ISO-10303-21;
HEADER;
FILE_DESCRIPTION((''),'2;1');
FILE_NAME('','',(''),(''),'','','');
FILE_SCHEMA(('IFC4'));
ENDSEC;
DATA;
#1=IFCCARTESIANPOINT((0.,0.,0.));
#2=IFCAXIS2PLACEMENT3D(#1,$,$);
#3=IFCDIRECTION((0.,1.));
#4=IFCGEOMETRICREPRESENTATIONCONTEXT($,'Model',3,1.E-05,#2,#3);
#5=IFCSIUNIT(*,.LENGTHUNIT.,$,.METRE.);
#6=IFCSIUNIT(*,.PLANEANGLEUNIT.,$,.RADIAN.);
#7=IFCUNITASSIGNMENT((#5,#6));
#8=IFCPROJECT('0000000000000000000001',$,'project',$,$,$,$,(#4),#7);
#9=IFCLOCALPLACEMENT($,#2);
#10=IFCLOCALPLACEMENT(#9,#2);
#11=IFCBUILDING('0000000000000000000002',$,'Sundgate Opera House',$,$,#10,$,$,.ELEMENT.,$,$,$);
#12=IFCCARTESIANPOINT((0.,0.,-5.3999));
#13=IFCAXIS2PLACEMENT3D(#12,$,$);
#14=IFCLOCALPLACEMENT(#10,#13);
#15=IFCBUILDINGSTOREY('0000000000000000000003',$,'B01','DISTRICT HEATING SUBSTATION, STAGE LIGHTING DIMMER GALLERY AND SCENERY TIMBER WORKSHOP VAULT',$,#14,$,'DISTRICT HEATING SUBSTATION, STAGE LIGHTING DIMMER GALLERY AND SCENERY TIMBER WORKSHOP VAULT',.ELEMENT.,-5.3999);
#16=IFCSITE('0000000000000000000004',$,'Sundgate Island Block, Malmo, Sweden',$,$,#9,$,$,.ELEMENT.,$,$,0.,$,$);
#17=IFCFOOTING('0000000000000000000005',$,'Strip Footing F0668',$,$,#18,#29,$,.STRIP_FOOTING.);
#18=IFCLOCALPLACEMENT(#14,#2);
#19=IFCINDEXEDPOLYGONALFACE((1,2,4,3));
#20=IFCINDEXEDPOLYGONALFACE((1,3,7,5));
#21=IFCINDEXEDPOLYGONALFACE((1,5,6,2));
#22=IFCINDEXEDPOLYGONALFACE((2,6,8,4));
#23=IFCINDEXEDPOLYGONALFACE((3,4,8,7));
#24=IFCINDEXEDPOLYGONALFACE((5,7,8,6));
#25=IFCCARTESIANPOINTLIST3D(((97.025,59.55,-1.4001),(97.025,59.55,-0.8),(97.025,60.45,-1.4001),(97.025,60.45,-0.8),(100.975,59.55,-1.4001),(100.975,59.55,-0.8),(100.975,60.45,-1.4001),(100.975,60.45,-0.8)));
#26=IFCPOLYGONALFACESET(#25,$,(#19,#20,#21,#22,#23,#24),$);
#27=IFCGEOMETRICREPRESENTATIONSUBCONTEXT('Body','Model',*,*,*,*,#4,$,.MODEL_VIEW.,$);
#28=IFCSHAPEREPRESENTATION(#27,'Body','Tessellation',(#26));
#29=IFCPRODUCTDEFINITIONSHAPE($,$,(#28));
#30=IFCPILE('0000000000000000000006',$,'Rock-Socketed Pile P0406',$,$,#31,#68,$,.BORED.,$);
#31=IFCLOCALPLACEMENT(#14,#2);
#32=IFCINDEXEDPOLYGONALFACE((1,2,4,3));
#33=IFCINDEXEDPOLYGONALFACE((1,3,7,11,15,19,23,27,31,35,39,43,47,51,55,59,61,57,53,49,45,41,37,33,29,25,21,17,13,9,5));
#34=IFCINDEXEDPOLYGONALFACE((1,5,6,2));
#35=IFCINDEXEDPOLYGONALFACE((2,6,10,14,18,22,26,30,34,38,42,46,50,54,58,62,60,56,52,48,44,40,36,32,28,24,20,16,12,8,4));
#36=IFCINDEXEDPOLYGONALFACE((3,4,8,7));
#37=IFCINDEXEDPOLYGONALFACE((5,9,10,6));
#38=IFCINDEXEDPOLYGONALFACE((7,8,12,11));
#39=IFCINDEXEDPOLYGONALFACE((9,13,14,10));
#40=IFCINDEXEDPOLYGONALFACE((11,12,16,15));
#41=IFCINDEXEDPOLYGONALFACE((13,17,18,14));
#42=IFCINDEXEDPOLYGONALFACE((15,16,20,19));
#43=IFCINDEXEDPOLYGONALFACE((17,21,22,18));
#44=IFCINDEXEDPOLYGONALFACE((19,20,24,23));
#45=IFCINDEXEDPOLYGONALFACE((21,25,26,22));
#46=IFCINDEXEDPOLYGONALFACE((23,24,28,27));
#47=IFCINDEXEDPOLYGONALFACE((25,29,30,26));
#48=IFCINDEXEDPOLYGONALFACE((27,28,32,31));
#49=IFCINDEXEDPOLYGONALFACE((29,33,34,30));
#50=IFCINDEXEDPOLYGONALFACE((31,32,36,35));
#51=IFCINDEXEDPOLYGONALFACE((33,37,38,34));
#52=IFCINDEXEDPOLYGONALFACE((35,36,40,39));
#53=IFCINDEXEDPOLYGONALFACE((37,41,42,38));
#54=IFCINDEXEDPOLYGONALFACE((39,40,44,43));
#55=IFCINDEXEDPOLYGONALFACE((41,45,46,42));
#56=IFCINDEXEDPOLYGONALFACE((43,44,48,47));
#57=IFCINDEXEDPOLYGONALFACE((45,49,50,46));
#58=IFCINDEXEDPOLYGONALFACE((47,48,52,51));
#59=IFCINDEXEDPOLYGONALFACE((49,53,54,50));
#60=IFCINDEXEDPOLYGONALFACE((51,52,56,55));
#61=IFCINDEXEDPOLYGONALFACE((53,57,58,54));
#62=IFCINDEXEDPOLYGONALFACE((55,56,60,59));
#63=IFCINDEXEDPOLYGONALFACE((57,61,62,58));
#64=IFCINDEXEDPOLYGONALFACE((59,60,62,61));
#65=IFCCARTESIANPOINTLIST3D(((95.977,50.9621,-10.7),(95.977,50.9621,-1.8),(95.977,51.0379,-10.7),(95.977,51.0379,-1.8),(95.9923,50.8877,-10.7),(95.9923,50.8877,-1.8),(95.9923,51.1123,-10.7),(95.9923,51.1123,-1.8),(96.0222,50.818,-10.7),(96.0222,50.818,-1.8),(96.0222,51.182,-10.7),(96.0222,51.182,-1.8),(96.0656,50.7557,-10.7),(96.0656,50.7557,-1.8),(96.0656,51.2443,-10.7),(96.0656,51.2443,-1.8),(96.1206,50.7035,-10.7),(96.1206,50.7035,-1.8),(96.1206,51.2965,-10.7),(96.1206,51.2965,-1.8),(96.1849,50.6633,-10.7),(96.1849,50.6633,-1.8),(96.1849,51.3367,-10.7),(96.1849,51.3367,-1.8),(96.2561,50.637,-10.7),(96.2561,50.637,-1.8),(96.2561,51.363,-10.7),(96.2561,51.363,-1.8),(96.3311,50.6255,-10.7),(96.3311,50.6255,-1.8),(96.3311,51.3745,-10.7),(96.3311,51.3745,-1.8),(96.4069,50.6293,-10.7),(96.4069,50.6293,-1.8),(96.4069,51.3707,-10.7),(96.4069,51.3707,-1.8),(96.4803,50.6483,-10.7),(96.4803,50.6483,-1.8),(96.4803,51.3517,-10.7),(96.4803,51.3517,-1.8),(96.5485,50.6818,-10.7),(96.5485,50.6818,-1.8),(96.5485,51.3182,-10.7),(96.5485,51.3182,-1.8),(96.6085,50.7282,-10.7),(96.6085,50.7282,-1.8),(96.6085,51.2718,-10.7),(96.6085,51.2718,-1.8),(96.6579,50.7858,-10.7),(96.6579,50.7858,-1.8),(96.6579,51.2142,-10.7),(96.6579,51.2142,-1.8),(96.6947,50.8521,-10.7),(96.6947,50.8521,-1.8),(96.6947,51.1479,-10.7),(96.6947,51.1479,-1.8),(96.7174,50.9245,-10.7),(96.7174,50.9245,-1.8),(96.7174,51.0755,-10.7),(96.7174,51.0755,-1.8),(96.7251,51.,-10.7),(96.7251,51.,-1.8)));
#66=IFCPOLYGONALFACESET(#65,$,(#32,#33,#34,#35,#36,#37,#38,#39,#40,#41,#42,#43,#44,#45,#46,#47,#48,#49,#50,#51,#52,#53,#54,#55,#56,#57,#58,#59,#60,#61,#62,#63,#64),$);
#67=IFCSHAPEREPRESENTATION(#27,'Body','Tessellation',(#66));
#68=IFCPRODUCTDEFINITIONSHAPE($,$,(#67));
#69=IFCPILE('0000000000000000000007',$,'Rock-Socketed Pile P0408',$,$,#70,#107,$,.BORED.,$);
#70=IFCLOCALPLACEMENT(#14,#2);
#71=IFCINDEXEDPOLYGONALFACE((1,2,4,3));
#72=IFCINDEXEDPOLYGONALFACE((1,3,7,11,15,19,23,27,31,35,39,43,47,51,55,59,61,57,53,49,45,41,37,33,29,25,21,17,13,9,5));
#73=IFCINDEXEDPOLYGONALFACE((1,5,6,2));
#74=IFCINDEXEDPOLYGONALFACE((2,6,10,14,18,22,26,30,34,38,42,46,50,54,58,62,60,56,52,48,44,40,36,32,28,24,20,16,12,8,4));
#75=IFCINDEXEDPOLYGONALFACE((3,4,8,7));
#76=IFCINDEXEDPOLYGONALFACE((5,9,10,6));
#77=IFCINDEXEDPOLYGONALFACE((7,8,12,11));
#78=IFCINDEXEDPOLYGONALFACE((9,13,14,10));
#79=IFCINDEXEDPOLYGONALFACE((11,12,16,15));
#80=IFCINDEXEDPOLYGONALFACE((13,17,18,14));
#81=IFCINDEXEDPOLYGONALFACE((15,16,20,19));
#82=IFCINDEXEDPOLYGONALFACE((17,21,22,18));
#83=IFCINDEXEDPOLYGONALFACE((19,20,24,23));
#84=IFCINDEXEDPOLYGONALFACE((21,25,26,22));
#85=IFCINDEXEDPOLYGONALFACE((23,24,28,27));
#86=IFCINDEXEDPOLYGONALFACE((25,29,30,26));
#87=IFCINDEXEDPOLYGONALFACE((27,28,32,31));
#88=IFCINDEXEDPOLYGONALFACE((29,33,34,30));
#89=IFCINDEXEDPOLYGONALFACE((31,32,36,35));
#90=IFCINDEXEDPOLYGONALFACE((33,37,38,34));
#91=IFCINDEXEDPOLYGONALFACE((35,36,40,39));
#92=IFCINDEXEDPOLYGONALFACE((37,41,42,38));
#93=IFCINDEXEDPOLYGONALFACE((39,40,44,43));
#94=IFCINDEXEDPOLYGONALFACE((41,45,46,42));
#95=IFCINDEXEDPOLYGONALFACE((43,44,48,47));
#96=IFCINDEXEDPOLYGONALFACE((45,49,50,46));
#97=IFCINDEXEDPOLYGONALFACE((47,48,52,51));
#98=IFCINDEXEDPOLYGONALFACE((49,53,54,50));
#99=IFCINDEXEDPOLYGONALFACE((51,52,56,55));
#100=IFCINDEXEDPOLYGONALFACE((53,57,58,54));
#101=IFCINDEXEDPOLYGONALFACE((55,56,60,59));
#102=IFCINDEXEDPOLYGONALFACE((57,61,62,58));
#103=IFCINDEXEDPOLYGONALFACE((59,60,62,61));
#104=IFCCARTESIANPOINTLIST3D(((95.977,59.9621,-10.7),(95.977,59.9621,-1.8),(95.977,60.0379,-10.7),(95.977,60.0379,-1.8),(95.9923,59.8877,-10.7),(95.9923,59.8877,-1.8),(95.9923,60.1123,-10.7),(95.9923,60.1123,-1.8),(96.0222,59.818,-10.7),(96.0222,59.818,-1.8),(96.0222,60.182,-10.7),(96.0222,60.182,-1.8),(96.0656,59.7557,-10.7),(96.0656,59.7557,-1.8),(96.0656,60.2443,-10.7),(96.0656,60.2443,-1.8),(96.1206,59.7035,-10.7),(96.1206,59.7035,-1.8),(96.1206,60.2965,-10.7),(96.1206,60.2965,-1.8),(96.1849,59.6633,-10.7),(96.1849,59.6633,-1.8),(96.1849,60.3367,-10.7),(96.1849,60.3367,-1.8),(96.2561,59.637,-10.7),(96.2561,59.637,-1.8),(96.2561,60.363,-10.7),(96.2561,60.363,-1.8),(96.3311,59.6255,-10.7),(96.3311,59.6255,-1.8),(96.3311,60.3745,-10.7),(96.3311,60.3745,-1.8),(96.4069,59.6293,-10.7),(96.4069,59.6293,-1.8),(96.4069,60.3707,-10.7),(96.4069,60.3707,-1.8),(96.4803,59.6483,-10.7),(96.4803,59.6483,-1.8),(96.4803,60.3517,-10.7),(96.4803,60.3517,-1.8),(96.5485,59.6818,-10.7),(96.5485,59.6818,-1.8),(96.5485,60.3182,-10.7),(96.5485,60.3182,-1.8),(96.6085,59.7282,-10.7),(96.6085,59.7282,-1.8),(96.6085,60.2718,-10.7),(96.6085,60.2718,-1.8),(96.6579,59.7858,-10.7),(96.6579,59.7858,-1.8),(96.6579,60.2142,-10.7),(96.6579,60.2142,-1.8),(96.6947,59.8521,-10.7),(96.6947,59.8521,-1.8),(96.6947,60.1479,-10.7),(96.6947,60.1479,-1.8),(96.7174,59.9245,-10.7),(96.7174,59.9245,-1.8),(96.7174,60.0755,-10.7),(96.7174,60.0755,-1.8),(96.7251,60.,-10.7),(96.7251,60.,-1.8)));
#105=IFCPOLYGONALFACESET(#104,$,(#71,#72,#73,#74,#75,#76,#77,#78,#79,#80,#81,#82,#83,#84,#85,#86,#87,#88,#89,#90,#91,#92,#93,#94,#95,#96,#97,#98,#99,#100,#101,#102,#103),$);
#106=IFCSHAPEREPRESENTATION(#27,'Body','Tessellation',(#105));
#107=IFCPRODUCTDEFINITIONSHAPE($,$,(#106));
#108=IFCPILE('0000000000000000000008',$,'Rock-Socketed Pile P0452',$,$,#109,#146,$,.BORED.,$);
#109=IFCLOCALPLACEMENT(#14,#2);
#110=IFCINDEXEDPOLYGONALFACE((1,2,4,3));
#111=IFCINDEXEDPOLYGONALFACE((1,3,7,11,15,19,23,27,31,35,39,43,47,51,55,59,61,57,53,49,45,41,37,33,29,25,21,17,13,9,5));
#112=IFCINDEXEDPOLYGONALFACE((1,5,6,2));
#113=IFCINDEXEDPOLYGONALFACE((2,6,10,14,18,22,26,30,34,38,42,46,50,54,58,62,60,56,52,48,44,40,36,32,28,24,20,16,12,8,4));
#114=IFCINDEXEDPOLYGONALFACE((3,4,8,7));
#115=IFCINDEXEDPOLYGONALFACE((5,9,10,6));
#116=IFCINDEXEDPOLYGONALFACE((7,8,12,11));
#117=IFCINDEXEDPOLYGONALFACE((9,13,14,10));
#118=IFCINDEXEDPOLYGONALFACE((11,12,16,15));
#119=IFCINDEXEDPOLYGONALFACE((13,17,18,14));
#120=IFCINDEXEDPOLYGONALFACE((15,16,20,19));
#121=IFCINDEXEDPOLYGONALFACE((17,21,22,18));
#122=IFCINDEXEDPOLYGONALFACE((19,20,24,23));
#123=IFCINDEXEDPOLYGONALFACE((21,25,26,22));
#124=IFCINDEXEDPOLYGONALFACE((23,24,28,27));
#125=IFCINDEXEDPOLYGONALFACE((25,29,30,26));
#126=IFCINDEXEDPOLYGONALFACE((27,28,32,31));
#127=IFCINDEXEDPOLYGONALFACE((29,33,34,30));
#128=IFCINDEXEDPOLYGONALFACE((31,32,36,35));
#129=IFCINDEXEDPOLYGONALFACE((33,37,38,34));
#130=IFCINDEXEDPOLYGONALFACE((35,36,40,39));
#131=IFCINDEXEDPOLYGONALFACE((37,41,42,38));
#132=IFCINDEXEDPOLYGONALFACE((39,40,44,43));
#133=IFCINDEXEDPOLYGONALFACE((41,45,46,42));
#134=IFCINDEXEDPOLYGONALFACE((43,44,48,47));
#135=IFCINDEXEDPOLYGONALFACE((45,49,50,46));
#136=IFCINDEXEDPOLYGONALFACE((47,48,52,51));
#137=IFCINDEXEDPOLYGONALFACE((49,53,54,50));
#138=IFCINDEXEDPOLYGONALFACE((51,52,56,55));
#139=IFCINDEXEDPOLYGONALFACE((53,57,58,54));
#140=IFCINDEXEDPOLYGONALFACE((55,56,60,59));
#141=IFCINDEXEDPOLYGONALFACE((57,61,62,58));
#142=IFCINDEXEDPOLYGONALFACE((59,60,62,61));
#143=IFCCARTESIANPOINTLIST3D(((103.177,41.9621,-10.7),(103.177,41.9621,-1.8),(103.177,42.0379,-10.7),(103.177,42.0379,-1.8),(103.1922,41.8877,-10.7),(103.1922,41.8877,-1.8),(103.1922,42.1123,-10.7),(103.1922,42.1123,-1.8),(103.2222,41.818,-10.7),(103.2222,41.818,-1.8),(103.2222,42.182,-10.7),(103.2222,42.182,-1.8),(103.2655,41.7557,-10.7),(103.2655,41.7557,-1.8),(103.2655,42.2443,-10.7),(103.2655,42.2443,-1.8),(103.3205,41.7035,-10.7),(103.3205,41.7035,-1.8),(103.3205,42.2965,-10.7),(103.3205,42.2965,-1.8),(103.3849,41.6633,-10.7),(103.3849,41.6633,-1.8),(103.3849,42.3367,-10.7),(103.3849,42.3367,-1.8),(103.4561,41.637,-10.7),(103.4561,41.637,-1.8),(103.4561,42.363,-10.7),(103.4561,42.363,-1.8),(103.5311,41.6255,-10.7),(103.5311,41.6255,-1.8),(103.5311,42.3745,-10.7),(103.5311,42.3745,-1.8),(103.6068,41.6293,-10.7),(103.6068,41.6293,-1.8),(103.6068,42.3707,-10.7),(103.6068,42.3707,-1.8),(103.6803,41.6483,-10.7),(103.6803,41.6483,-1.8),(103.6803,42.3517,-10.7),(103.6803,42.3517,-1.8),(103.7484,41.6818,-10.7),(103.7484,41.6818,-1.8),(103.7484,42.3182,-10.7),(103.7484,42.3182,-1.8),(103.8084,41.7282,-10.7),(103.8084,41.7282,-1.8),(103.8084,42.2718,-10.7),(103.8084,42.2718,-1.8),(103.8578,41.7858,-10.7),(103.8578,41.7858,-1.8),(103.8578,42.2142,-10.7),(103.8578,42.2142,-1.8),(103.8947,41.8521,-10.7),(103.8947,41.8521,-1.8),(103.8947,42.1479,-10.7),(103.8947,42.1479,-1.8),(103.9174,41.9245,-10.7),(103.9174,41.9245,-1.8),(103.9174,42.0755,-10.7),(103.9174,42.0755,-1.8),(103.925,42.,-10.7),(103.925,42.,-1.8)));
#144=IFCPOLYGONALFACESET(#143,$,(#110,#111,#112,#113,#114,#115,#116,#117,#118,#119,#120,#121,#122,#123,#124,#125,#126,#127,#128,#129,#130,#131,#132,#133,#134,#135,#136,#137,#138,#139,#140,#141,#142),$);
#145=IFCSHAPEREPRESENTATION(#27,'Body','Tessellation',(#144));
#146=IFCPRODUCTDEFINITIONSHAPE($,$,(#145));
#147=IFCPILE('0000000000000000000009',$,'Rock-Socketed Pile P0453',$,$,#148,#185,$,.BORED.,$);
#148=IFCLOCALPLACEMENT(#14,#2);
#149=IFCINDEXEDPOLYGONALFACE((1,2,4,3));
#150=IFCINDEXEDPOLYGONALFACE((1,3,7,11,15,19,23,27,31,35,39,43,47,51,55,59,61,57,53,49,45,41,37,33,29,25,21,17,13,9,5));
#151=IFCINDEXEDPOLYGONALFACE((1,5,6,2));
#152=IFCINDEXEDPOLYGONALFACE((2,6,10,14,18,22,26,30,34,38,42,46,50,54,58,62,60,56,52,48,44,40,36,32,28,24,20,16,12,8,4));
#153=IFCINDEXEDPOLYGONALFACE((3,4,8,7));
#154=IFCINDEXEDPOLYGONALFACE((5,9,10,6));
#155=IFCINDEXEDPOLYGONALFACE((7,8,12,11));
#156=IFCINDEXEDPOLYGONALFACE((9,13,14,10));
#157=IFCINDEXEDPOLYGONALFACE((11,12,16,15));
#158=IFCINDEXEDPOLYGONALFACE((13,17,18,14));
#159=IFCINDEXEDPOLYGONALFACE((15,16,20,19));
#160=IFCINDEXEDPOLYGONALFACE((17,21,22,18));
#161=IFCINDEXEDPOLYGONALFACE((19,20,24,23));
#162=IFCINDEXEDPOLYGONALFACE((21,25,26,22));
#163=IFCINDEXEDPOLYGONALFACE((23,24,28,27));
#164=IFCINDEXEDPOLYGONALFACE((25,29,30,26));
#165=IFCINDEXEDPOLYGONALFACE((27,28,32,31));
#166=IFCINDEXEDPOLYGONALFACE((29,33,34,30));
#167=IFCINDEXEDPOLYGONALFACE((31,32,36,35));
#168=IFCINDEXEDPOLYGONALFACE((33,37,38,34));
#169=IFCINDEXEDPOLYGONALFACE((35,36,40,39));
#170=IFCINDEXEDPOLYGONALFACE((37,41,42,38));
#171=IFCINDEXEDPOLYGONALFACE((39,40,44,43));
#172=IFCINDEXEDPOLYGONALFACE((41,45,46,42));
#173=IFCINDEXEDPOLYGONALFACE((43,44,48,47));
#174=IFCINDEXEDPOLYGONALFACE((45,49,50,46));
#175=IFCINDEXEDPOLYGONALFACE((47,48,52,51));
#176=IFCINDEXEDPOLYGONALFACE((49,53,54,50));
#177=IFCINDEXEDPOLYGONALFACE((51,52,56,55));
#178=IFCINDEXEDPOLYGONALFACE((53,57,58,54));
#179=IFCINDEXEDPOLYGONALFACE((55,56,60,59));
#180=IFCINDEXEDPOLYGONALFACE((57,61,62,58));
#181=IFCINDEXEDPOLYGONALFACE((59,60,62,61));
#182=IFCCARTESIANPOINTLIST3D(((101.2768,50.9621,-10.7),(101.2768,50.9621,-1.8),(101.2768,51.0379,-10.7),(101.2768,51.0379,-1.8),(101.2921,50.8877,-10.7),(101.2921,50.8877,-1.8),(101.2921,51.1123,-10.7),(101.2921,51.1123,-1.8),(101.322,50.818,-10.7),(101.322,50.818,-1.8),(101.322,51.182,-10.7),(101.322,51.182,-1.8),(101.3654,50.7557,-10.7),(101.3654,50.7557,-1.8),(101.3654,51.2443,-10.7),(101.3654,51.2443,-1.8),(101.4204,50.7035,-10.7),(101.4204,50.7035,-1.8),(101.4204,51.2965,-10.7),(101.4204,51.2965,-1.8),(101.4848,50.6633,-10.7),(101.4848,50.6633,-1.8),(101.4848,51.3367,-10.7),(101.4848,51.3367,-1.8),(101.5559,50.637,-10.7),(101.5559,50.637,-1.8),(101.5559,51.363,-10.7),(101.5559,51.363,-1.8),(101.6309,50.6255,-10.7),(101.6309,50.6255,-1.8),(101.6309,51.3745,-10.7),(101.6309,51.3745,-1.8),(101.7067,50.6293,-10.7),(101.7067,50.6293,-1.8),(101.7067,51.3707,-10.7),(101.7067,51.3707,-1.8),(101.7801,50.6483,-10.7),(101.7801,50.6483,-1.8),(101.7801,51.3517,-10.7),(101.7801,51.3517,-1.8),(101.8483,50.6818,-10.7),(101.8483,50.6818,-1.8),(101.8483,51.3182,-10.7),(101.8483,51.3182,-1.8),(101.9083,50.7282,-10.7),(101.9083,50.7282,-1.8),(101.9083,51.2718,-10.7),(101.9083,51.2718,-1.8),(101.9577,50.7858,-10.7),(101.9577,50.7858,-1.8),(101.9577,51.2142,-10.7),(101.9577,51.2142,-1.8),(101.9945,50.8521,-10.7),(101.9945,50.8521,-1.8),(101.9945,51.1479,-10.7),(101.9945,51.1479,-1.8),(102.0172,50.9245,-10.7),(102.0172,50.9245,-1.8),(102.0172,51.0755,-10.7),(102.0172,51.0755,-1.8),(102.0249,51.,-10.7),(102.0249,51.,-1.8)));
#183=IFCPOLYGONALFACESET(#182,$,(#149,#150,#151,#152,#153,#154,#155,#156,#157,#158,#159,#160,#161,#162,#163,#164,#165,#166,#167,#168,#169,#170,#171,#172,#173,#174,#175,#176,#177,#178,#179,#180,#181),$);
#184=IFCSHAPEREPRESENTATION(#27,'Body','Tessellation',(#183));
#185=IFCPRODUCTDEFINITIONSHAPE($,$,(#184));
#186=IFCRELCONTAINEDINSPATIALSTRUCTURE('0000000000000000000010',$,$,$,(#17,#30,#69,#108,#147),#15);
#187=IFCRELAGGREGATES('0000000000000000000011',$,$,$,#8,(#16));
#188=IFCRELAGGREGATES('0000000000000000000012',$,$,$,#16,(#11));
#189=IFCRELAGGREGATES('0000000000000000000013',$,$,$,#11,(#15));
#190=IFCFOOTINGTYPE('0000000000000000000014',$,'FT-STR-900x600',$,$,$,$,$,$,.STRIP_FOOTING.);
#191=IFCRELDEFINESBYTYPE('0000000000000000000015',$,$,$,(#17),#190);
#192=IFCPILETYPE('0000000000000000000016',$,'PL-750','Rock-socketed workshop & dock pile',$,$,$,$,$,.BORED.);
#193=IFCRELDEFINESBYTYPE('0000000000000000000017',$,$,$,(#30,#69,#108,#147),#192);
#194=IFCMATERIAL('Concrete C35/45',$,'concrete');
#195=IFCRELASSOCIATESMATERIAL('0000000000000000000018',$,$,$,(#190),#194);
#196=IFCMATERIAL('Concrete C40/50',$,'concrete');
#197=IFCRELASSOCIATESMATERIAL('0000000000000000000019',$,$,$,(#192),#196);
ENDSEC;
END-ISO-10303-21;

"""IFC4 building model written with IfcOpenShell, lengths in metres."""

from ifc_helpers import new_model, si_unit, direction, frame, origin, origin_2d, place, context, subcontext, project, spatial, rectangle, circle, extrude, material, material_profile, profile_set, type_object, element, save


model = new_model("IFC4")

# Units and contexts
model_context = context("Model", 3, precision=1e-05, world=origin(), true_north=direction((0.0, 1.0)))
body_context = subcontext(model_context, "Body", "Model", "MODEL_VIEW")
ifc_project = project(units=[si_unit("LENGTHUNIT", "METRE"), si_unit("PLANEANGLEUNIT", "RADIAN")], contexts=[model_context])

# Site, building, storey
site_placement = place(None, origin())
site = spatial("IfcSite", under=ifc_project, at=site_placement, Name="Sundgate Island Block, Malmo, Sweden", CompositionType="ELEMENT", RefElevation=0.0)
building_placement = place(site_placement, origin())
building = spatial("IfcBuilding", under=site, at=building_placement, Name="Sundgate Opera House", CompositionType="ELEMENT")
storey_placement = place(building_placement, frame((0.0, 0.0, -5.3999)))
storey = spatial("IfcBuildingStorey", under=building, at=storey_placement, Name="B01", Description="DISTRICT HEATING SUBSTATION, STAGE LIGHTING DIMMER GALLERY AND SCENERY TIMBER WORKSHOP VAULT", LongName="DISTRICT HEATING SUBSTATION, STAGE LIGHTING DIMMER GALLERY AND SCENERY TIMBER WORKSHOP VAULT", CompositionType="ELEMENT", Elevation=-5.3999)

# Footing
ifc_material_1 = material(Name="Concrete C35/45", Category="concrete")
footing_type_1 = type_object("IfcFootingType", Name="FT-STR-900x600", PredefinedType="STRIP_FOOTING", material=ifc_material_1)
for number, where, z_axis, x_axis, name in (
    (1, (99.0, 60.0, -1.4001), (0.0, 0.0, 1.0), (1.0, 0.0, 0.0), "Strip Footing F0668"),
):
    element("IfcFooting", number, at=place(storey_placement, frame(where, z_axis=z_axis, x_axis=x_axis)), inside=storey, type_object=footing_type_1, Name=name, PredefinedType="STRIP_FOOTING", context=body_context, shape_type="SweptSolid", body=[
        extrude(rectangle(XDim=3.95, YDim=0.8999, at=origin_2d()), origin(), (0.0, 0.0, 1.0), 0.6001),
    ])

# Piles
ifc_material_2 = material(Name="Concrete C40/50", Category="concrete")
ifc_material_profile_1 = material_profile(ifc_material_2, circle(Radius=0.375, at=origin_2d()), Name="PILE D750")
ifc_profile_set_1 = profile_set([ifc_material_profile_1], Name="Concrete C40/50")
pile_type = type_object("IfcPileType", Name="PL-750", Description="Rock-socketed workshop & dock pile", PredefinedType="BORED", material=ifc_profile_set_1)
for number, where, z_axis, x_axis, name in (
    (2, (96.3501, 51.0, -1.8), (0.0, 0.0, -1.0), (1.0, 0.0, 0.0), "Rock-Socketed Pile P0406"),
    (3, (96.3501, 60.0, -1.8), (0.0, 0.0, -1.0), (1.0, 0.0, 0.0), "Rock-Socketed Pile P0408"),
    (4, (103.55, 42.0, -1.8), (0.0, 0.0, -1.0), (1.0, 0.0, 0.0), "Rock-Socketed Pile P0452"),
    (5, (101.6499, 51.0, -1.8), (0.0, 0.0, -1.0), (1.0, 0.0, 0.0), "Rock-Socketed Pile P0453"),
):
    element("IfcPile", number, at=place(storey_placement, frame(where, z_axis=z_axis, x_axis=x_axis)), inside=storey, type_object=pile_type, Name=name, PredefinedType="BORED", context=body_context, shape_type="SweptSolid", body=[
        extrude(circle(Radius=0.375, at=origin_2d()), origin(), (0.0, 0.0, 1.0), 8.8999),
    ])

save(model, "model.ifc")
